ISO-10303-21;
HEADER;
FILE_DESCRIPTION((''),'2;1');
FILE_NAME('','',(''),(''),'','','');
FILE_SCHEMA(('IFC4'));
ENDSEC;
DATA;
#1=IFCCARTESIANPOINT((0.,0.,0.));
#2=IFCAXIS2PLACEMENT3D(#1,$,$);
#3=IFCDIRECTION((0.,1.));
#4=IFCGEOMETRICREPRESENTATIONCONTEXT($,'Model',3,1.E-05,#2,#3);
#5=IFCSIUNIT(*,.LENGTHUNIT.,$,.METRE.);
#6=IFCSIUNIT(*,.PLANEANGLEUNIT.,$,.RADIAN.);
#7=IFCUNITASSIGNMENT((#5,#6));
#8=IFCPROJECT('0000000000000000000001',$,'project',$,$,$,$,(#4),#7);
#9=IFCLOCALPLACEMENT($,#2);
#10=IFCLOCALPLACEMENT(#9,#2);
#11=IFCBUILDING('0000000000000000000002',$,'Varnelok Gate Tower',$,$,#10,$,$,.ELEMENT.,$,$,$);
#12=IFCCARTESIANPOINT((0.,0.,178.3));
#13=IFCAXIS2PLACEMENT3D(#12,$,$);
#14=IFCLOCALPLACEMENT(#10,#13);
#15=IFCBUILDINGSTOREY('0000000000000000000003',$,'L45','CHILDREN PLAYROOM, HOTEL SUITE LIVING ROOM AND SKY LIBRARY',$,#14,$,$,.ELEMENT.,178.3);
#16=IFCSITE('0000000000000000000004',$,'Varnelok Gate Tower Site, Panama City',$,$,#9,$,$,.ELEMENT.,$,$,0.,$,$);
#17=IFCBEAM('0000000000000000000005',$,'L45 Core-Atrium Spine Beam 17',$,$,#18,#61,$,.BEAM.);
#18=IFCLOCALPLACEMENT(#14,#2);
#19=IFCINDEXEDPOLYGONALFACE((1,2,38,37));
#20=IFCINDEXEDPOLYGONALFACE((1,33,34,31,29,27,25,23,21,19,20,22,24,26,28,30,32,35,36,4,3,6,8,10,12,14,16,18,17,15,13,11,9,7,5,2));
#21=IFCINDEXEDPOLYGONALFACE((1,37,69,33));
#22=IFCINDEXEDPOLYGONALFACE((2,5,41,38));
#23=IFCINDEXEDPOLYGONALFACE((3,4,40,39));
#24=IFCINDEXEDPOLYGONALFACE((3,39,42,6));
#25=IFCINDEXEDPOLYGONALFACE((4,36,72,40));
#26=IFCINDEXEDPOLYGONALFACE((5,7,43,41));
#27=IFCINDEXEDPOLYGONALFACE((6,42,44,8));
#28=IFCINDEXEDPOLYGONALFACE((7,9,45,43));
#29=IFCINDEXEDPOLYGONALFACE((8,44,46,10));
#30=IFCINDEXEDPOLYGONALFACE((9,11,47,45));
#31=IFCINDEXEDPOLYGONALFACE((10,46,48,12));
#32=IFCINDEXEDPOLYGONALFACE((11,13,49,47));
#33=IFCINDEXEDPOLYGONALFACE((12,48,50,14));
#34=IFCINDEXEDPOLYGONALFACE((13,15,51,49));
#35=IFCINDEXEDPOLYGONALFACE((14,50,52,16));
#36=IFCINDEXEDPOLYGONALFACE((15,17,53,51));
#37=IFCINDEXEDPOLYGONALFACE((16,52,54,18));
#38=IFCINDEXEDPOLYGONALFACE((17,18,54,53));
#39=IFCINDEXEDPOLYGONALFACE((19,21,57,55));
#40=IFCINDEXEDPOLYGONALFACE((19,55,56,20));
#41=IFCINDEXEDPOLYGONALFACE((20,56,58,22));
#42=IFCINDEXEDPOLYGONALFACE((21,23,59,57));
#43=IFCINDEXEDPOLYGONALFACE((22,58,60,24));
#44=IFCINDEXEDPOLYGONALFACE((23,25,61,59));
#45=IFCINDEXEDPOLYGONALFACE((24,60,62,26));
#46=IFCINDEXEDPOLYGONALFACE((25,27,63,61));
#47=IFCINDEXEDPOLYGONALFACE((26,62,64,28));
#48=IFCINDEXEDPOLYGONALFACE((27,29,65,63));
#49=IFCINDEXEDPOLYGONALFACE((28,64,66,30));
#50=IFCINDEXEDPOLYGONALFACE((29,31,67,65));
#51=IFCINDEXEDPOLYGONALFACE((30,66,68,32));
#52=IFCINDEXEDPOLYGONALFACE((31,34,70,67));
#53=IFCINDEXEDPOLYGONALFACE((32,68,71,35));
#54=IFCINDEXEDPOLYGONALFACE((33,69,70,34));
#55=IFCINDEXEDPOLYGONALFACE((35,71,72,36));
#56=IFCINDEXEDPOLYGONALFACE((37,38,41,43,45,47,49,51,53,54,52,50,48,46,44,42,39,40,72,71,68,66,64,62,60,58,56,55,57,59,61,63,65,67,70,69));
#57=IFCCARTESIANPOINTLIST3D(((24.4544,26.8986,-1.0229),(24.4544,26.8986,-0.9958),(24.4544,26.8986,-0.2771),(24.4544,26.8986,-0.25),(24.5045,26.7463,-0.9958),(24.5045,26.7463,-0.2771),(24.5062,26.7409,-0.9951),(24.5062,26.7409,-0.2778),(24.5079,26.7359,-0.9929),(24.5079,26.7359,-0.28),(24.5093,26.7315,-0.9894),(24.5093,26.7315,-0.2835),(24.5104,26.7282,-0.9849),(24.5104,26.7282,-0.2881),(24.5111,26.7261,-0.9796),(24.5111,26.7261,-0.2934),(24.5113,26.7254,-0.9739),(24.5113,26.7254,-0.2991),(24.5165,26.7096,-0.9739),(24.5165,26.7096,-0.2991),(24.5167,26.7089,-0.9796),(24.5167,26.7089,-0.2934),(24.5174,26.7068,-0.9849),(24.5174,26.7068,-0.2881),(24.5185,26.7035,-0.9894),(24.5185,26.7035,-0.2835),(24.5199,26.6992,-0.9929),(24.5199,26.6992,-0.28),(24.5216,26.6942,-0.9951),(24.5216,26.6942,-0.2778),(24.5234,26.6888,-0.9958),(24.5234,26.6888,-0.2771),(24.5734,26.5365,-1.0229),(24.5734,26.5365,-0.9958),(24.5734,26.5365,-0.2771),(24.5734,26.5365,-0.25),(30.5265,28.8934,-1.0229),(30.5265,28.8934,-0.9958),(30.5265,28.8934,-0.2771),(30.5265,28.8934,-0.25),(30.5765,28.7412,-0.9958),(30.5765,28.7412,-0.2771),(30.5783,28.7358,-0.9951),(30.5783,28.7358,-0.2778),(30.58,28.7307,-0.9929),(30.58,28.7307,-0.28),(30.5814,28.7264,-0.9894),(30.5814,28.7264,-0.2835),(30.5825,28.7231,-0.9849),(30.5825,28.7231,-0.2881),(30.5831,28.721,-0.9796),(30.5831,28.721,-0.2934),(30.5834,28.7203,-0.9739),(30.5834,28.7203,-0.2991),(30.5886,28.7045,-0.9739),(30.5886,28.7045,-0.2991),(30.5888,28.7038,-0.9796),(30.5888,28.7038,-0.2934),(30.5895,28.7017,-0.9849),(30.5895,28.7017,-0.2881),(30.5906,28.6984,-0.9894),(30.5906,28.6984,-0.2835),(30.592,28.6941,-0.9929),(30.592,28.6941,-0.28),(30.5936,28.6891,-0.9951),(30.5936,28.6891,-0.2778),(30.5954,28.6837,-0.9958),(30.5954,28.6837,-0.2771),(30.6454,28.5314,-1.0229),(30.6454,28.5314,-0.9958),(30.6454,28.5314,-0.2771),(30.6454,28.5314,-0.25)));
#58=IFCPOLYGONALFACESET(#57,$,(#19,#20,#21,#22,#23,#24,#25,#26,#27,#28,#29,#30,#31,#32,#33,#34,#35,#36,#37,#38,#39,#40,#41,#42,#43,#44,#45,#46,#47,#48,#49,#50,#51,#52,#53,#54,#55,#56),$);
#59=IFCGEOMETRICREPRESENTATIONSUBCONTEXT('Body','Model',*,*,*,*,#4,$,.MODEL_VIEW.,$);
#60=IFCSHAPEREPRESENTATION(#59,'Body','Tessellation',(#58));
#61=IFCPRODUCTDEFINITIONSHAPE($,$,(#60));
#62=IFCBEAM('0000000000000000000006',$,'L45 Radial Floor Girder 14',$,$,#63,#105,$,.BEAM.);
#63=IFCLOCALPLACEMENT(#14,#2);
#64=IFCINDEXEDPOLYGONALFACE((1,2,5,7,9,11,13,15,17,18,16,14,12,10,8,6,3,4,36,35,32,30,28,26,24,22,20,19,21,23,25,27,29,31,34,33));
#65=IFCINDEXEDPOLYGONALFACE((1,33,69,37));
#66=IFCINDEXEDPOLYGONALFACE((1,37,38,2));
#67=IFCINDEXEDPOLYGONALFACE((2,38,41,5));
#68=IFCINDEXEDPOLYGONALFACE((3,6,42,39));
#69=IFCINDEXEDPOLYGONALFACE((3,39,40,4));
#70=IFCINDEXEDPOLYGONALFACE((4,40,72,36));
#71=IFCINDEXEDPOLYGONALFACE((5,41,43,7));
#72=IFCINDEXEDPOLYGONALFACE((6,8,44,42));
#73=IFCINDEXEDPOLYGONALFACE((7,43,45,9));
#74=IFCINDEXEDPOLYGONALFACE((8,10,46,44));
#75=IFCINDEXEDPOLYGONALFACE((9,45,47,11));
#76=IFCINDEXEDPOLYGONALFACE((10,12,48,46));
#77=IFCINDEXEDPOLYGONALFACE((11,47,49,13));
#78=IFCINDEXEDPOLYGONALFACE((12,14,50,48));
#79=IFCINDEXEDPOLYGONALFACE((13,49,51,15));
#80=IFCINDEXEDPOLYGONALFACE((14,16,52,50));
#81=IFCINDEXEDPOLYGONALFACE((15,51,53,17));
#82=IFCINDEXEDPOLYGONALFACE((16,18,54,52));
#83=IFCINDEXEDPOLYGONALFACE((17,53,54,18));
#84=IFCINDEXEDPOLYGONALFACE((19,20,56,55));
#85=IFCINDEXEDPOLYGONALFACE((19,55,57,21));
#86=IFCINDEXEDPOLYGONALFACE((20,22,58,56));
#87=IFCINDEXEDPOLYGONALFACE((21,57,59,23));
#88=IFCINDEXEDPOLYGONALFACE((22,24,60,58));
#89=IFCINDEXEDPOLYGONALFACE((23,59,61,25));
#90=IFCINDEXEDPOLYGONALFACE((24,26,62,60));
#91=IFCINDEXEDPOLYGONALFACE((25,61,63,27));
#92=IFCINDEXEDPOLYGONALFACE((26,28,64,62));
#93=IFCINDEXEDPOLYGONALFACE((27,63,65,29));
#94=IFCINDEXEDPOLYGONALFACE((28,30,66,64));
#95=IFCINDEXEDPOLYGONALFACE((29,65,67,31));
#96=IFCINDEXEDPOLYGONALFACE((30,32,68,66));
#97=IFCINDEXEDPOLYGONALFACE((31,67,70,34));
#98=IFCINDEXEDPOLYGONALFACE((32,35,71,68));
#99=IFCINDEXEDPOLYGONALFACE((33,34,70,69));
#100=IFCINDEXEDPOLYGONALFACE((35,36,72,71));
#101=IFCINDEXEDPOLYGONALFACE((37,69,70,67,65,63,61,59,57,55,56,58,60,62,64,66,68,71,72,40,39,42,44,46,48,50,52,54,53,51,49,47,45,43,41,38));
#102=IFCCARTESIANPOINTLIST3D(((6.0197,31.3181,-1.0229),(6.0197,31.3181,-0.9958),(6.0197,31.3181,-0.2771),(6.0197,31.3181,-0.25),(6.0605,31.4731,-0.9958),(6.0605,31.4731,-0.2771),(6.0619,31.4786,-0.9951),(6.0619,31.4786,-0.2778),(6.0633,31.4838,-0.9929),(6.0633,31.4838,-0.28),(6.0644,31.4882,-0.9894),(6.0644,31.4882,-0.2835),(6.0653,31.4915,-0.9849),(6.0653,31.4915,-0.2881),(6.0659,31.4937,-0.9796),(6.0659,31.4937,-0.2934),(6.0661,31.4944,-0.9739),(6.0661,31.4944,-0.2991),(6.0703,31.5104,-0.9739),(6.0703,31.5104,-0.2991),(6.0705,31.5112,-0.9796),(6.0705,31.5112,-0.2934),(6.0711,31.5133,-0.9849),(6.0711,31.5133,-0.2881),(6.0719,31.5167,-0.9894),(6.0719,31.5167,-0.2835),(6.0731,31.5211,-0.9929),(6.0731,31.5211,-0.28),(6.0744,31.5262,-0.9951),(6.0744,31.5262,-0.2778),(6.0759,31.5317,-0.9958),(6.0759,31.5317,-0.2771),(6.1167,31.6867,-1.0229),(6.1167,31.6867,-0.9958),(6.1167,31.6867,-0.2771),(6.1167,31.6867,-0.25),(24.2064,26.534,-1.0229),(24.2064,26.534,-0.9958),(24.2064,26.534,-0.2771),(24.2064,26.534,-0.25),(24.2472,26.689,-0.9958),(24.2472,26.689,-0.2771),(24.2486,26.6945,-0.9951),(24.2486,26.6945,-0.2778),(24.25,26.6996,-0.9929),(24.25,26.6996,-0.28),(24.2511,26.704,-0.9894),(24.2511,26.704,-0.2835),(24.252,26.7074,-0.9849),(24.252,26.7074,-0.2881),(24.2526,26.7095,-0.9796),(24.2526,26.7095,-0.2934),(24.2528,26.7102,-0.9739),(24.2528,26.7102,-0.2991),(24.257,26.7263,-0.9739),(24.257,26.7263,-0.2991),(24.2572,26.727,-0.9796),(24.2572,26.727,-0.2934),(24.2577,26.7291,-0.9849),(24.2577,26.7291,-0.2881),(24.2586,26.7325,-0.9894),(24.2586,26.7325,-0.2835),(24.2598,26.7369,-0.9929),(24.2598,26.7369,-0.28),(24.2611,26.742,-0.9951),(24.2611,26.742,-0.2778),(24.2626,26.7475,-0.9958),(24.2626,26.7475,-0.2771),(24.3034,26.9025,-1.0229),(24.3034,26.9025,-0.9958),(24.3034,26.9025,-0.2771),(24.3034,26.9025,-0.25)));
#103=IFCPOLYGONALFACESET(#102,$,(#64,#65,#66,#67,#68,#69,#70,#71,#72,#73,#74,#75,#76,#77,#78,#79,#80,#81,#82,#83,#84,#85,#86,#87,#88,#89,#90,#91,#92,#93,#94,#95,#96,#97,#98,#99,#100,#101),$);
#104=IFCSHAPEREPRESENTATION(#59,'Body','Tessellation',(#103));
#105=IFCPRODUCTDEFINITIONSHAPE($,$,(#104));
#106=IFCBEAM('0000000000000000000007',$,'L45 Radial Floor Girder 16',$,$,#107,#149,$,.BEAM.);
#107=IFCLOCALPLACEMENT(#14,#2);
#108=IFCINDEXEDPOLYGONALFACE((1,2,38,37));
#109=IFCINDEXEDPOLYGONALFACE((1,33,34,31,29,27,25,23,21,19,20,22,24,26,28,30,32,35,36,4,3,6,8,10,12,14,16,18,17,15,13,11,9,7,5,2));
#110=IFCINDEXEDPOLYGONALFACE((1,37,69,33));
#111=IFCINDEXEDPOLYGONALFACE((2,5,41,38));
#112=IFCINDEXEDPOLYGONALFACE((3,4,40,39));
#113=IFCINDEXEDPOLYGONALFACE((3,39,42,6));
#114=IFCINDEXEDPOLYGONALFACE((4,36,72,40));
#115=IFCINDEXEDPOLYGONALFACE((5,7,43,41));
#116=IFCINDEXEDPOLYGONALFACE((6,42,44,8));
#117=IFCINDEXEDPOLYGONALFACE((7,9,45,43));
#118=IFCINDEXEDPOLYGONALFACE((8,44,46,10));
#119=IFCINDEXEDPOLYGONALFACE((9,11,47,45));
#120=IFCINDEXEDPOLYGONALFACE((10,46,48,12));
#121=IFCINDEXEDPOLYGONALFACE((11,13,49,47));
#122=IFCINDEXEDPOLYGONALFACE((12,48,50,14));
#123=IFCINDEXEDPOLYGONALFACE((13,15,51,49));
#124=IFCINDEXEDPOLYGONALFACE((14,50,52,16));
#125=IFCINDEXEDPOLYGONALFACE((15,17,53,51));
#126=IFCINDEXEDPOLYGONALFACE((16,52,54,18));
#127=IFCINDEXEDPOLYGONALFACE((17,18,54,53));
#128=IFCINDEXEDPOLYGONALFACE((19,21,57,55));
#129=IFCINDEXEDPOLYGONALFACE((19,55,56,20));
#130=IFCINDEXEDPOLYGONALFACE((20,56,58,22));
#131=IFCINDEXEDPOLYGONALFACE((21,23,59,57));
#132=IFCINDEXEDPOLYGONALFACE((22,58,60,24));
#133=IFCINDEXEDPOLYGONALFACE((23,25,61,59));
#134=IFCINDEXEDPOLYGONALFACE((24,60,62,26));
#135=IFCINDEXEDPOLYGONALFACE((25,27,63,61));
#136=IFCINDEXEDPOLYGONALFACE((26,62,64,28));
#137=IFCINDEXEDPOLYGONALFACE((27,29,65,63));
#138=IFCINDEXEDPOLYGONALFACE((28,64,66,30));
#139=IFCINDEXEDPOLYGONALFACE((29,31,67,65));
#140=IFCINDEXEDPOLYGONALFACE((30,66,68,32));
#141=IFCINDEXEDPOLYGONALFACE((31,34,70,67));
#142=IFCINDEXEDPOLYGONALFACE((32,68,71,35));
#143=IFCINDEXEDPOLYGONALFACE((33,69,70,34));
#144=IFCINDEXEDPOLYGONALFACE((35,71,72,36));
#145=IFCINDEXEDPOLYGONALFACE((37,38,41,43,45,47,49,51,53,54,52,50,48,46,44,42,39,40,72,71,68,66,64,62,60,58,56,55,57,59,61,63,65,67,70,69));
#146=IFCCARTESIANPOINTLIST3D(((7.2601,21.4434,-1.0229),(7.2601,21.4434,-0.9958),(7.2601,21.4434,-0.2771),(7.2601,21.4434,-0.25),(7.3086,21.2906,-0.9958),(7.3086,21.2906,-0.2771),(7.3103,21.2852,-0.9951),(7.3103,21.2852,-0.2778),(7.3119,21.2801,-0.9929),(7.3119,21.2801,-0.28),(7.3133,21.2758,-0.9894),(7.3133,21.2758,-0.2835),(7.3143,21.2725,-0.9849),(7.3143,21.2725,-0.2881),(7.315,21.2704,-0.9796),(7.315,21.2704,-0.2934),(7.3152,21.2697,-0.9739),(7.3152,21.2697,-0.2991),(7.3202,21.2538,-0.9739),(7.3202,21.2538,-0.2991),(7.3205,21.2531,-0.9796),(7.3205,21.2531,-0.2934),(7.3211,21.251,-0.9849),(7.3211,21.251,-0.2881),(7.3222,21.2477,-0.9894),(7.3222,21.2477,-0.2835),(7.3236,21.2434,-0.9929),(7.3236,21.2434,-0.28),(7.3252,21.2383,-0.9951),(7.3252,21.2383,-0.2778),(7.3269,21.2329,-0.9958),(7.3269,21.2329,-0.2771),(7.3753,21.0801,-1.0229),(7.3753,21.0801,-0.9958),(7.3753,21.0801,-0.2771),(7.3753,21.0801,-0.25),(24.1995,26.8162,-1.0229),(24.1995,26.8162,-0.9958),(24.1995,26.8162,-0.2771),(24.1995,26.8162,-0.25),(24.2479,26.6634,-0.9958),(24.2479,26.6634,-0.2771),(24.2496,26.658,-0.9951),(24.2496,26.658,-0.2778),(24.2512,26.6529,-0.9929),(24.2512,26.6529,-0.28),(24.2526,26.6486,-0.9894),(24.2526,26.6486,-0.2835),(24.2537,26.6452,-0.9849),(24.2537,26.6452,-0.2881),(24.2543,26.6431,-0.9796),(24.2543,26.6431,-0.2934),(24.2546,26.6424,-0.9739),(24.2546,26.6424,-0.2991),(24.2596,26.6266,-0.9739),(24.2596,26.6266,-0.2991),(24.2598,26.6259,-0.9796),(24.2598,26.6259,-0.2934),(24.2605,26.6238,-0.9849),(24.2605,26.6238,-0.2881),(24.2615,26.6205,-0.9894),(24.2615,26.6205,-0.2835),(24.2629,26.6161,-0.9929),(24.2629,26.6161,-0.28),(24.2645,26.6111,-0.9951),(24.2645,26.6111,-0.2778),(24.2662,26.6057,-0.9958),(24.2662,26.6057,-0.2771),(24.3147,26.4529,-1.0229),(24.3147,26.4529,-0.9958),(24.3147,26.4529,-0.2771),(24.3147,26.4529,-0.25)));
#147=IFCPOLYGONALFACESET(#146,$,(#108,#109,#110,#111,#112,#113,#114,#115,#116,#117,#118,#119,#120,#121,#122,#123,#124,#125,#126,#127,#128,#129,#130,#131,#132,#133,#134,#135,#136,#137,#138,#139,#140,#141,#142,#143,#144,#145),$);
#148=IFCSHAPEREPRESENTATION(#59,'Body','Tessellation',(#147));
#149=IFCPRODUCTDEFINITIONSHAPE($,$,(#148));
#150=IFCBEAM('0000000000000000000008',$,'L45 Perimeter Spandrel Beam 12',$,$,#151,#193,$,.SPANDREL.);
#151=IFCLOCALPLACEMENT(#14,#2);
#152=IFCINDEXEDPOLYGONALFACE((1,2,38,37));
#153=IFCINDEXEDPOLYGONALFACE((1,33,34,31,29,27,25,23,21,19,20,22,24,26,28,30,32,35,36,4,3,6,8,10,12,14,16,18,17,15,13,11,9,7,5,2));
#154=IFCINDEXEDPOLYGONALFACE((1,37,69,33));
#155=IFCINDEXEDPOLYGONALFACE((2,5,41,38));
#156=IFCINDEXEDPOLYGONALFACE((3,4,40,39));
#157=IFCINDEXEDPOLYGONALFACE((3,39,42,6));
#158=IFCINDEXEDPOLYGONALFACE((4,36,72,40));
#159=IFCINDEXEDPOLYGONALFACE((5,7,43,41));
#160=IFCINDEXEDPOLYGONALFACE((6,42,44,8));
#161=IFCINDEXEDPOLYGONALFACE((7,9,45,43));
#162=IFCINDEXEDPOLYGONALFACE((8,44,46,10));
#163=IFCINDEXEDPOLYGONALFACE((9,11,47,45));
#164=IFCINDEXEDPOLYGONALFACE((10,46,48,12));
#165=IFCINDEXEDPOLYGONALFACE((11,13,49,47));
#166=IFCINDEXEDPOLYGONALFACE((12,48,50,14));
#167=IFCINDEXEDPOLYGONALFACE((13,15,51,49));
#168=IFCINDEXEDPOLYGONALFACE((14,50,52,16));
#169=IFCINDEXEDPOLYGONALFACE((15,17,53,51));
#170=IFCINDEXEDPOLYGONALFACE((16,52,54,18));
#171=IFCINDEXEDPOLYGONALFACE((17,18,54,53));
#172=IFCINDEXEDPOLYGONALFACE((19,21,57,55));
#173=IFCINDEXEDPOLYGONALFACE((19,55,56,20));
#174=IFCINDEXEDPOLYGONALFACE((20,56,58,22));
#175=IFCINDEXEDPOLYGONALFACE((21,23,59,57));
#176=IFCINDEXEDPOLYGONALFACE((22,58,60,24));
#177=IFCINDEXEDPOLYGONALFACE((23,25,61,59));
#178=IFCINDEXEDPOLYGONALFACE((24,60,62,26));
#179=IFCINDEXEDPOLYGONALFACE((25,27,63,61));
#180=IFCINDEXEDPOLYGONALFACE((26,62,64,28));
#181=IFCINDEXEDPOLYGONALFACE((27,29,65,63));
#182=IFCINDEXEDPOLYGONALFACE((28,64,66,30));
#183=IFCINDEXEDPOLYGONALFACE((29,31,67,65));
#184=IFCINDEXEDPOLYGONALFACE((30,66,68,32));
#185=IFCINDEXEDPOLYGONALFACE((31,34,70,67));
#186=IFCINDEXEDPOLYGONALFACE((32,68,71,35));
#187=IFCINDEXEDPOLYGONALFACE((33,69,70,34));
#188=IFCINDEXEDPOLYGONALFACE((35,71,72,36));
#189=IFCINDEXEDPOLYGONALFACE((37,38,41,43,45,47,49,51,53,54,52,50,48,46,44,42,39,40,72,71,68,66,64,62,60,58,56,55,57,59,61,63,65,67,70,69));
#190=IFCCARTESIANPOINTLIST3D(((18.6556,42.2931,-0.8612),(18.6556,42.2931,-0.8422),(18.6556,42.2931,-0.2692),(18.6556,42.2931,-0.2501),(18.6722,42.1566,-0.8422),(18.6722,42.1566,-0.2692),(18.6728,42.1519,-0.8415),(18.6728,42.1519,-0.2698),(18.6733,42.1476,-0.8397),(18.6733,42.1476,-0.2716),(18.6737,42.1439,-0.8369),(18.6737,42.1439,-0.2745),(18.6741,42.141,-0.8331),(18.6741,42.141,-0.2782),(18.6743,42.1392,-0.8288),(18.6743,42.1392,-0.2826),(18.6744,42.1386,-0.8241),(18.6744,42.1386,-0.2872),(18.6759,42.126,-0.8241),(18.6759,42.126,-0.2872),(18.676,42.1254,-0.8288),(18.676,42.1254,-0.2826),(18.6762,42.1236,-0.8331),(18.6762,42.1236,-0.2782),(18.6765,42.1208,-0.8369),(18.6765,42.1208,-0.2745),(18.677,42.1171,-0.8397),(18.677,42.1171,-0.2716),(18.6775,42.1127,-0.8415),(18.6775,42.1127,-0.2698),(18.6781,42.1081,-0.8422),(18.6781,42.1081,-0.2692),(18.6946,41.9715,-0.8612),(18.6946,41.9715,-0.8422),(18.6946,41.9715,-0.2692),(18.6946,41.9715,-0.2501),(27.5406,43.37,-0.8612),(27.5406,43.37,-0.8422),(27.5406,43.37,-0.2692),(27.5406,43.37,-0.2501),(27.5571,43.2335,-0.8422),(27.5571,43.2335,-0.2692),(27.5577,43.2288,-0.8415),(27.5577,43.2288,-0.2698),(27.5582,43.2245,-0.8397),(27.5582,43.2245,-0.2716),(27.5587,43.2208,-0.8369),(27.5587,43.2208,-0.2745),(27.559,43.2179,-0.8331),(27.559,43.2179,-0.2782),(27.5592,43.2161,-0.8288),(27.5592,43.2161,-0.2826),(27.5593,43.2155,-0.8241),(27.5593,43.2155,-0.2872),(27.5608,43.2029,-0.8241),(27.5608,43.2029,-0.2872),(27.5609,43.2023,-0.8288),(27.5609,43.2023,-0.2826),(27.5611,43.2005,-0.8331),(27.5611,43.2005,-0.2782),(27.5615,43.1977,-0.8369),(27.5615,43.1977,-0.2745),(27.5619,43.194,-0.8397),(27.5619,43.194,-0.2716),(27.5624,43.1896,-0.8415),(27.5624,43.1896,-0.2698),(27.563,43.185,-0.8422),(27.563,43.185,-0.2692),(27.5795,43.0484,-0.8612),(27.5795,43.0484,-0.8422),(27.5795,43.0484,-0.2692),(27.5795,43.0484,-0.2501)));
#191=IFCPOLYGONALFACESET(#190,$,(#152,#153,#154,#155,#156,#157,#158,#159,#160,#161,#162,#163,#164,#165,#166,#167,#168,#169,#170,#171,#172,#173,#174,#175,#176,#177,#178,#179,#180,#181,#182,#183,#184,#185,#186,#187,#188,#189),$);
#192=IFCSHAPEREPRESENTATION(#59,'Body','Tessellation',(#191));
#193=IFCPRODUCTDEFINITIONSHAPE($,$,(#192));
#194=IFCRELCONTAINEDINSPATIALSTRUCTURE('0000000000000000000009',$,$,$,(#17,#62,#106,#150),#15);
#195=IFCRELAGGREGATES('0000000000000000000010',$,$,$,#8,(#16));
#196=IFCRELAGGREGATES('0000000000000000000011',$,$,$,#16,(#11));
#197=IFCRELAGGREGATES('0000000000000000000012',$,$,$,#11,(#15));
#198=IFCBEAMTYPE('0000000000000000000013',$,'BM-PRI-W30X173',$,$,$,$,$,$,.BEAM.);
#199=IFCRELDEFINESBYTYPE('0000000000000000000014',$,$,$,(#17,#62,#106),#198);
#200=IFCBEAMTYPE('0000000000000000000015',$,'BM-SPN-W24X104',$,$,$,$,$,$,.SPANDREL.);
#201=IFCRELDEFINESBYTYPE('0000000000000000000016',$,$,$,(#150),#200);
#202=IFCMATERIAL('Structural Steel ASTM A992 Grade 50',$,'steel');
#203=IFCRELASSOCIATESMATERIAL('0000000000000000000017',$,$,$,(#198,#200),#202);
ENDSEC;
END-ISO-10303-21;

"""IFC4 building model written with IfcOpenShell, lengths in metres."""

from ifc_helpers import new_model, si_unit, direction, frame, origin, origin_2d, place, context, subcontext, project, spatial, i_section, extrude, material, material_profile, profile_set, type_object, element, save


model = new_model("IFC4")

# Units and contexts
model_context = context("Model", 3, precision=1e-05, world=origin(), true_north=direction((0.0, 1.0)))
body_context = subcontext(model_context, "Body", "Model", "MODEL_VIEW")
ifc_project = project(units=[si_unit("LENGTHUNIT", "METRE"), si_unit("PLANEANGLEUNIT", "RADIAN")], contexts=[model_context])

# Site, building, storey
site_placement = place(None, origin())
site = spatial("IfcSite", under=ifc_project, at=site_placement, Name="Varnelok Gate Tower Site, Panama City", CompositionType="ELEMENT", RefElevation=0.0)
building_placement = place(site_placement, origin())
building = spatial("IfcBuilding", under=site, at=building_placement, Name="Varnelok Gate Tower", CompositionType="ELEMENT")
storey_placement = place(building_placement, frame((0.0, 0.0, 178.3)))
storey = spatial("IfcBuildingStorey", under=building, at=storey_placement, Name="L45", Description="CHILDREN PLAYROOM, HOTEL SUITE LIVING ROOM AND SKY LIBRARY", CompositionType="ELEMENT", Elevation=178.3)

# Shared definitions
ifc_material_1 = material(Name="Structural Steel ASTM A992 Grade 50", Category="steel")

# Beams
ifc_material_profile_1 = material_profile(ifc_material_1, i_section(OverallWidth=0.3811, OverallDepth=0.7729, WebThickness=0.0166, FlangeThickness=0.0271, FilletRadius=0.022, at=origin_2d()), Name="W30X173")
ifc_profile_set_1 = profile_set([ifc_material_profile_1], Name="Structural Steel ASTM A992 Grade 50")
beam_type_1 = type_object("IfcBeamType", Name="BM-PRI-W30X173", PredefinedType="BEAM", material=ifc_profile_set_1)
beam_1_placement = place(storey_placement, frame((24.5139, 26.7175, -0.6365), z_axis=(0.950042, 0.312122, 0.0), x_axis=(-0.312122, 0.950042, 0.0)))
element("IfcBeam", 1, at=beam_1_placement, inside=storey, type_object=beam_type_1, Name="L45 Core-Atrium Spine Beam 17", PredefinedType="BEAM", context=body_context, shape_type="SweptSolid", body=[
    extrude(i_section(OverallWidth=0.3811, OverallDepth=0.7729, WebThickness=0.0166, FlangeThickness=0.0271, FilletRadius=0.022, at=origin_2d()), origin(), (0.0, 0.0, 1.0), 6.3914),
])
beam_2_placement = place(storey_placement, frame((24.2549, 26.7183, -0.6365), z_axis=(-0.967098, 0.254403, 0.0), x_axis=(-0.254403, -0.967098, 0.0)))
element("IfcBeam", 2, at=beam_2_placement, inside=storey, type_object=beam_type_1, Name="L45 Radial Floor Girder 14", PredefinedType="BEAM", context=body_context, shape_type="SweptSolid", body=[
    extrude(i_section(OverallWidth=0.3811, OverallDepth=0.7729, WebThickness=0.0166, FlangeThickness=0.0271, FilletRadius=0.022, at=origin_2d()), origin(), (0.0, 0.0, 1.0), 18.8054),
])
beam_3_placement = place(storey_placement, frame((24.2571, 26.6345, -0.6365), z_axis=(-0.953202, -0.302334, 0.0), x_axis=(0.302334, -0.953202, 0.0)))
element("IfcBeam", 3, at=beam_3_placement, inside=storey, type_object=beam_type_1, Name="L45 Radial Floor Girder 16", PredefinedType="BEAM", context=body_context, shape_type="SweptSolid", body=[
    extrude(i_section(OverallWidth=0.3811, OverallDepth=0.7729, WebThickness=0.0166, FlangeThickness=0.0271, FilletRadius=0.022, at=origin_2d()), origin(), (0.0, 0.0, 1.0), 17.771),
])
ifc_material_profile_2 = material_profile(ifc_material_1, i_section(OverallWidth=0.324, OverallDepth=0.6111, WebThickness=0.0127, FlangeThickness=0.019, FilletRadius=0.0181, at=origin_2d()), Name="W24X104")
ifc_profile_set_2 = profile_set([ifc_material_profile_2], Name="Structural Steel ASTM A992 Grade 50")
beam_type_2 = type_object("IfcBeamType", Name="BM-SPN-W24X104", PredefinedType="SPANDREL", material=ifc_profile_set_2)
beam_4_placement = place(storey_placement, frame((27.5601, 43.2092, -0.5557), z_axis=(-0.992735, -0.120324, 0.0), x_axis=(0.120324, -0.992735, 0.0)))
element("IfcBeam", 4, at=beam_4_placement, inside=storey, type_object=beam_type_2, Name="L45 Perimeter Spandrel Beam 12", PredefinedType="SPANDREL", context=body_context, shape_type="SweptSolid", body=[
    extrude(i_section(OverallWidth=0.324, OverallDepth=0.6111, WebThickness=0.0127, FlangeThickness=0.019, FilletRadius=0.0181, at=origin_2d()), origin(), (0.0, 0.0, 1.0), 8.95),
])

save(model, "model.ifc")
